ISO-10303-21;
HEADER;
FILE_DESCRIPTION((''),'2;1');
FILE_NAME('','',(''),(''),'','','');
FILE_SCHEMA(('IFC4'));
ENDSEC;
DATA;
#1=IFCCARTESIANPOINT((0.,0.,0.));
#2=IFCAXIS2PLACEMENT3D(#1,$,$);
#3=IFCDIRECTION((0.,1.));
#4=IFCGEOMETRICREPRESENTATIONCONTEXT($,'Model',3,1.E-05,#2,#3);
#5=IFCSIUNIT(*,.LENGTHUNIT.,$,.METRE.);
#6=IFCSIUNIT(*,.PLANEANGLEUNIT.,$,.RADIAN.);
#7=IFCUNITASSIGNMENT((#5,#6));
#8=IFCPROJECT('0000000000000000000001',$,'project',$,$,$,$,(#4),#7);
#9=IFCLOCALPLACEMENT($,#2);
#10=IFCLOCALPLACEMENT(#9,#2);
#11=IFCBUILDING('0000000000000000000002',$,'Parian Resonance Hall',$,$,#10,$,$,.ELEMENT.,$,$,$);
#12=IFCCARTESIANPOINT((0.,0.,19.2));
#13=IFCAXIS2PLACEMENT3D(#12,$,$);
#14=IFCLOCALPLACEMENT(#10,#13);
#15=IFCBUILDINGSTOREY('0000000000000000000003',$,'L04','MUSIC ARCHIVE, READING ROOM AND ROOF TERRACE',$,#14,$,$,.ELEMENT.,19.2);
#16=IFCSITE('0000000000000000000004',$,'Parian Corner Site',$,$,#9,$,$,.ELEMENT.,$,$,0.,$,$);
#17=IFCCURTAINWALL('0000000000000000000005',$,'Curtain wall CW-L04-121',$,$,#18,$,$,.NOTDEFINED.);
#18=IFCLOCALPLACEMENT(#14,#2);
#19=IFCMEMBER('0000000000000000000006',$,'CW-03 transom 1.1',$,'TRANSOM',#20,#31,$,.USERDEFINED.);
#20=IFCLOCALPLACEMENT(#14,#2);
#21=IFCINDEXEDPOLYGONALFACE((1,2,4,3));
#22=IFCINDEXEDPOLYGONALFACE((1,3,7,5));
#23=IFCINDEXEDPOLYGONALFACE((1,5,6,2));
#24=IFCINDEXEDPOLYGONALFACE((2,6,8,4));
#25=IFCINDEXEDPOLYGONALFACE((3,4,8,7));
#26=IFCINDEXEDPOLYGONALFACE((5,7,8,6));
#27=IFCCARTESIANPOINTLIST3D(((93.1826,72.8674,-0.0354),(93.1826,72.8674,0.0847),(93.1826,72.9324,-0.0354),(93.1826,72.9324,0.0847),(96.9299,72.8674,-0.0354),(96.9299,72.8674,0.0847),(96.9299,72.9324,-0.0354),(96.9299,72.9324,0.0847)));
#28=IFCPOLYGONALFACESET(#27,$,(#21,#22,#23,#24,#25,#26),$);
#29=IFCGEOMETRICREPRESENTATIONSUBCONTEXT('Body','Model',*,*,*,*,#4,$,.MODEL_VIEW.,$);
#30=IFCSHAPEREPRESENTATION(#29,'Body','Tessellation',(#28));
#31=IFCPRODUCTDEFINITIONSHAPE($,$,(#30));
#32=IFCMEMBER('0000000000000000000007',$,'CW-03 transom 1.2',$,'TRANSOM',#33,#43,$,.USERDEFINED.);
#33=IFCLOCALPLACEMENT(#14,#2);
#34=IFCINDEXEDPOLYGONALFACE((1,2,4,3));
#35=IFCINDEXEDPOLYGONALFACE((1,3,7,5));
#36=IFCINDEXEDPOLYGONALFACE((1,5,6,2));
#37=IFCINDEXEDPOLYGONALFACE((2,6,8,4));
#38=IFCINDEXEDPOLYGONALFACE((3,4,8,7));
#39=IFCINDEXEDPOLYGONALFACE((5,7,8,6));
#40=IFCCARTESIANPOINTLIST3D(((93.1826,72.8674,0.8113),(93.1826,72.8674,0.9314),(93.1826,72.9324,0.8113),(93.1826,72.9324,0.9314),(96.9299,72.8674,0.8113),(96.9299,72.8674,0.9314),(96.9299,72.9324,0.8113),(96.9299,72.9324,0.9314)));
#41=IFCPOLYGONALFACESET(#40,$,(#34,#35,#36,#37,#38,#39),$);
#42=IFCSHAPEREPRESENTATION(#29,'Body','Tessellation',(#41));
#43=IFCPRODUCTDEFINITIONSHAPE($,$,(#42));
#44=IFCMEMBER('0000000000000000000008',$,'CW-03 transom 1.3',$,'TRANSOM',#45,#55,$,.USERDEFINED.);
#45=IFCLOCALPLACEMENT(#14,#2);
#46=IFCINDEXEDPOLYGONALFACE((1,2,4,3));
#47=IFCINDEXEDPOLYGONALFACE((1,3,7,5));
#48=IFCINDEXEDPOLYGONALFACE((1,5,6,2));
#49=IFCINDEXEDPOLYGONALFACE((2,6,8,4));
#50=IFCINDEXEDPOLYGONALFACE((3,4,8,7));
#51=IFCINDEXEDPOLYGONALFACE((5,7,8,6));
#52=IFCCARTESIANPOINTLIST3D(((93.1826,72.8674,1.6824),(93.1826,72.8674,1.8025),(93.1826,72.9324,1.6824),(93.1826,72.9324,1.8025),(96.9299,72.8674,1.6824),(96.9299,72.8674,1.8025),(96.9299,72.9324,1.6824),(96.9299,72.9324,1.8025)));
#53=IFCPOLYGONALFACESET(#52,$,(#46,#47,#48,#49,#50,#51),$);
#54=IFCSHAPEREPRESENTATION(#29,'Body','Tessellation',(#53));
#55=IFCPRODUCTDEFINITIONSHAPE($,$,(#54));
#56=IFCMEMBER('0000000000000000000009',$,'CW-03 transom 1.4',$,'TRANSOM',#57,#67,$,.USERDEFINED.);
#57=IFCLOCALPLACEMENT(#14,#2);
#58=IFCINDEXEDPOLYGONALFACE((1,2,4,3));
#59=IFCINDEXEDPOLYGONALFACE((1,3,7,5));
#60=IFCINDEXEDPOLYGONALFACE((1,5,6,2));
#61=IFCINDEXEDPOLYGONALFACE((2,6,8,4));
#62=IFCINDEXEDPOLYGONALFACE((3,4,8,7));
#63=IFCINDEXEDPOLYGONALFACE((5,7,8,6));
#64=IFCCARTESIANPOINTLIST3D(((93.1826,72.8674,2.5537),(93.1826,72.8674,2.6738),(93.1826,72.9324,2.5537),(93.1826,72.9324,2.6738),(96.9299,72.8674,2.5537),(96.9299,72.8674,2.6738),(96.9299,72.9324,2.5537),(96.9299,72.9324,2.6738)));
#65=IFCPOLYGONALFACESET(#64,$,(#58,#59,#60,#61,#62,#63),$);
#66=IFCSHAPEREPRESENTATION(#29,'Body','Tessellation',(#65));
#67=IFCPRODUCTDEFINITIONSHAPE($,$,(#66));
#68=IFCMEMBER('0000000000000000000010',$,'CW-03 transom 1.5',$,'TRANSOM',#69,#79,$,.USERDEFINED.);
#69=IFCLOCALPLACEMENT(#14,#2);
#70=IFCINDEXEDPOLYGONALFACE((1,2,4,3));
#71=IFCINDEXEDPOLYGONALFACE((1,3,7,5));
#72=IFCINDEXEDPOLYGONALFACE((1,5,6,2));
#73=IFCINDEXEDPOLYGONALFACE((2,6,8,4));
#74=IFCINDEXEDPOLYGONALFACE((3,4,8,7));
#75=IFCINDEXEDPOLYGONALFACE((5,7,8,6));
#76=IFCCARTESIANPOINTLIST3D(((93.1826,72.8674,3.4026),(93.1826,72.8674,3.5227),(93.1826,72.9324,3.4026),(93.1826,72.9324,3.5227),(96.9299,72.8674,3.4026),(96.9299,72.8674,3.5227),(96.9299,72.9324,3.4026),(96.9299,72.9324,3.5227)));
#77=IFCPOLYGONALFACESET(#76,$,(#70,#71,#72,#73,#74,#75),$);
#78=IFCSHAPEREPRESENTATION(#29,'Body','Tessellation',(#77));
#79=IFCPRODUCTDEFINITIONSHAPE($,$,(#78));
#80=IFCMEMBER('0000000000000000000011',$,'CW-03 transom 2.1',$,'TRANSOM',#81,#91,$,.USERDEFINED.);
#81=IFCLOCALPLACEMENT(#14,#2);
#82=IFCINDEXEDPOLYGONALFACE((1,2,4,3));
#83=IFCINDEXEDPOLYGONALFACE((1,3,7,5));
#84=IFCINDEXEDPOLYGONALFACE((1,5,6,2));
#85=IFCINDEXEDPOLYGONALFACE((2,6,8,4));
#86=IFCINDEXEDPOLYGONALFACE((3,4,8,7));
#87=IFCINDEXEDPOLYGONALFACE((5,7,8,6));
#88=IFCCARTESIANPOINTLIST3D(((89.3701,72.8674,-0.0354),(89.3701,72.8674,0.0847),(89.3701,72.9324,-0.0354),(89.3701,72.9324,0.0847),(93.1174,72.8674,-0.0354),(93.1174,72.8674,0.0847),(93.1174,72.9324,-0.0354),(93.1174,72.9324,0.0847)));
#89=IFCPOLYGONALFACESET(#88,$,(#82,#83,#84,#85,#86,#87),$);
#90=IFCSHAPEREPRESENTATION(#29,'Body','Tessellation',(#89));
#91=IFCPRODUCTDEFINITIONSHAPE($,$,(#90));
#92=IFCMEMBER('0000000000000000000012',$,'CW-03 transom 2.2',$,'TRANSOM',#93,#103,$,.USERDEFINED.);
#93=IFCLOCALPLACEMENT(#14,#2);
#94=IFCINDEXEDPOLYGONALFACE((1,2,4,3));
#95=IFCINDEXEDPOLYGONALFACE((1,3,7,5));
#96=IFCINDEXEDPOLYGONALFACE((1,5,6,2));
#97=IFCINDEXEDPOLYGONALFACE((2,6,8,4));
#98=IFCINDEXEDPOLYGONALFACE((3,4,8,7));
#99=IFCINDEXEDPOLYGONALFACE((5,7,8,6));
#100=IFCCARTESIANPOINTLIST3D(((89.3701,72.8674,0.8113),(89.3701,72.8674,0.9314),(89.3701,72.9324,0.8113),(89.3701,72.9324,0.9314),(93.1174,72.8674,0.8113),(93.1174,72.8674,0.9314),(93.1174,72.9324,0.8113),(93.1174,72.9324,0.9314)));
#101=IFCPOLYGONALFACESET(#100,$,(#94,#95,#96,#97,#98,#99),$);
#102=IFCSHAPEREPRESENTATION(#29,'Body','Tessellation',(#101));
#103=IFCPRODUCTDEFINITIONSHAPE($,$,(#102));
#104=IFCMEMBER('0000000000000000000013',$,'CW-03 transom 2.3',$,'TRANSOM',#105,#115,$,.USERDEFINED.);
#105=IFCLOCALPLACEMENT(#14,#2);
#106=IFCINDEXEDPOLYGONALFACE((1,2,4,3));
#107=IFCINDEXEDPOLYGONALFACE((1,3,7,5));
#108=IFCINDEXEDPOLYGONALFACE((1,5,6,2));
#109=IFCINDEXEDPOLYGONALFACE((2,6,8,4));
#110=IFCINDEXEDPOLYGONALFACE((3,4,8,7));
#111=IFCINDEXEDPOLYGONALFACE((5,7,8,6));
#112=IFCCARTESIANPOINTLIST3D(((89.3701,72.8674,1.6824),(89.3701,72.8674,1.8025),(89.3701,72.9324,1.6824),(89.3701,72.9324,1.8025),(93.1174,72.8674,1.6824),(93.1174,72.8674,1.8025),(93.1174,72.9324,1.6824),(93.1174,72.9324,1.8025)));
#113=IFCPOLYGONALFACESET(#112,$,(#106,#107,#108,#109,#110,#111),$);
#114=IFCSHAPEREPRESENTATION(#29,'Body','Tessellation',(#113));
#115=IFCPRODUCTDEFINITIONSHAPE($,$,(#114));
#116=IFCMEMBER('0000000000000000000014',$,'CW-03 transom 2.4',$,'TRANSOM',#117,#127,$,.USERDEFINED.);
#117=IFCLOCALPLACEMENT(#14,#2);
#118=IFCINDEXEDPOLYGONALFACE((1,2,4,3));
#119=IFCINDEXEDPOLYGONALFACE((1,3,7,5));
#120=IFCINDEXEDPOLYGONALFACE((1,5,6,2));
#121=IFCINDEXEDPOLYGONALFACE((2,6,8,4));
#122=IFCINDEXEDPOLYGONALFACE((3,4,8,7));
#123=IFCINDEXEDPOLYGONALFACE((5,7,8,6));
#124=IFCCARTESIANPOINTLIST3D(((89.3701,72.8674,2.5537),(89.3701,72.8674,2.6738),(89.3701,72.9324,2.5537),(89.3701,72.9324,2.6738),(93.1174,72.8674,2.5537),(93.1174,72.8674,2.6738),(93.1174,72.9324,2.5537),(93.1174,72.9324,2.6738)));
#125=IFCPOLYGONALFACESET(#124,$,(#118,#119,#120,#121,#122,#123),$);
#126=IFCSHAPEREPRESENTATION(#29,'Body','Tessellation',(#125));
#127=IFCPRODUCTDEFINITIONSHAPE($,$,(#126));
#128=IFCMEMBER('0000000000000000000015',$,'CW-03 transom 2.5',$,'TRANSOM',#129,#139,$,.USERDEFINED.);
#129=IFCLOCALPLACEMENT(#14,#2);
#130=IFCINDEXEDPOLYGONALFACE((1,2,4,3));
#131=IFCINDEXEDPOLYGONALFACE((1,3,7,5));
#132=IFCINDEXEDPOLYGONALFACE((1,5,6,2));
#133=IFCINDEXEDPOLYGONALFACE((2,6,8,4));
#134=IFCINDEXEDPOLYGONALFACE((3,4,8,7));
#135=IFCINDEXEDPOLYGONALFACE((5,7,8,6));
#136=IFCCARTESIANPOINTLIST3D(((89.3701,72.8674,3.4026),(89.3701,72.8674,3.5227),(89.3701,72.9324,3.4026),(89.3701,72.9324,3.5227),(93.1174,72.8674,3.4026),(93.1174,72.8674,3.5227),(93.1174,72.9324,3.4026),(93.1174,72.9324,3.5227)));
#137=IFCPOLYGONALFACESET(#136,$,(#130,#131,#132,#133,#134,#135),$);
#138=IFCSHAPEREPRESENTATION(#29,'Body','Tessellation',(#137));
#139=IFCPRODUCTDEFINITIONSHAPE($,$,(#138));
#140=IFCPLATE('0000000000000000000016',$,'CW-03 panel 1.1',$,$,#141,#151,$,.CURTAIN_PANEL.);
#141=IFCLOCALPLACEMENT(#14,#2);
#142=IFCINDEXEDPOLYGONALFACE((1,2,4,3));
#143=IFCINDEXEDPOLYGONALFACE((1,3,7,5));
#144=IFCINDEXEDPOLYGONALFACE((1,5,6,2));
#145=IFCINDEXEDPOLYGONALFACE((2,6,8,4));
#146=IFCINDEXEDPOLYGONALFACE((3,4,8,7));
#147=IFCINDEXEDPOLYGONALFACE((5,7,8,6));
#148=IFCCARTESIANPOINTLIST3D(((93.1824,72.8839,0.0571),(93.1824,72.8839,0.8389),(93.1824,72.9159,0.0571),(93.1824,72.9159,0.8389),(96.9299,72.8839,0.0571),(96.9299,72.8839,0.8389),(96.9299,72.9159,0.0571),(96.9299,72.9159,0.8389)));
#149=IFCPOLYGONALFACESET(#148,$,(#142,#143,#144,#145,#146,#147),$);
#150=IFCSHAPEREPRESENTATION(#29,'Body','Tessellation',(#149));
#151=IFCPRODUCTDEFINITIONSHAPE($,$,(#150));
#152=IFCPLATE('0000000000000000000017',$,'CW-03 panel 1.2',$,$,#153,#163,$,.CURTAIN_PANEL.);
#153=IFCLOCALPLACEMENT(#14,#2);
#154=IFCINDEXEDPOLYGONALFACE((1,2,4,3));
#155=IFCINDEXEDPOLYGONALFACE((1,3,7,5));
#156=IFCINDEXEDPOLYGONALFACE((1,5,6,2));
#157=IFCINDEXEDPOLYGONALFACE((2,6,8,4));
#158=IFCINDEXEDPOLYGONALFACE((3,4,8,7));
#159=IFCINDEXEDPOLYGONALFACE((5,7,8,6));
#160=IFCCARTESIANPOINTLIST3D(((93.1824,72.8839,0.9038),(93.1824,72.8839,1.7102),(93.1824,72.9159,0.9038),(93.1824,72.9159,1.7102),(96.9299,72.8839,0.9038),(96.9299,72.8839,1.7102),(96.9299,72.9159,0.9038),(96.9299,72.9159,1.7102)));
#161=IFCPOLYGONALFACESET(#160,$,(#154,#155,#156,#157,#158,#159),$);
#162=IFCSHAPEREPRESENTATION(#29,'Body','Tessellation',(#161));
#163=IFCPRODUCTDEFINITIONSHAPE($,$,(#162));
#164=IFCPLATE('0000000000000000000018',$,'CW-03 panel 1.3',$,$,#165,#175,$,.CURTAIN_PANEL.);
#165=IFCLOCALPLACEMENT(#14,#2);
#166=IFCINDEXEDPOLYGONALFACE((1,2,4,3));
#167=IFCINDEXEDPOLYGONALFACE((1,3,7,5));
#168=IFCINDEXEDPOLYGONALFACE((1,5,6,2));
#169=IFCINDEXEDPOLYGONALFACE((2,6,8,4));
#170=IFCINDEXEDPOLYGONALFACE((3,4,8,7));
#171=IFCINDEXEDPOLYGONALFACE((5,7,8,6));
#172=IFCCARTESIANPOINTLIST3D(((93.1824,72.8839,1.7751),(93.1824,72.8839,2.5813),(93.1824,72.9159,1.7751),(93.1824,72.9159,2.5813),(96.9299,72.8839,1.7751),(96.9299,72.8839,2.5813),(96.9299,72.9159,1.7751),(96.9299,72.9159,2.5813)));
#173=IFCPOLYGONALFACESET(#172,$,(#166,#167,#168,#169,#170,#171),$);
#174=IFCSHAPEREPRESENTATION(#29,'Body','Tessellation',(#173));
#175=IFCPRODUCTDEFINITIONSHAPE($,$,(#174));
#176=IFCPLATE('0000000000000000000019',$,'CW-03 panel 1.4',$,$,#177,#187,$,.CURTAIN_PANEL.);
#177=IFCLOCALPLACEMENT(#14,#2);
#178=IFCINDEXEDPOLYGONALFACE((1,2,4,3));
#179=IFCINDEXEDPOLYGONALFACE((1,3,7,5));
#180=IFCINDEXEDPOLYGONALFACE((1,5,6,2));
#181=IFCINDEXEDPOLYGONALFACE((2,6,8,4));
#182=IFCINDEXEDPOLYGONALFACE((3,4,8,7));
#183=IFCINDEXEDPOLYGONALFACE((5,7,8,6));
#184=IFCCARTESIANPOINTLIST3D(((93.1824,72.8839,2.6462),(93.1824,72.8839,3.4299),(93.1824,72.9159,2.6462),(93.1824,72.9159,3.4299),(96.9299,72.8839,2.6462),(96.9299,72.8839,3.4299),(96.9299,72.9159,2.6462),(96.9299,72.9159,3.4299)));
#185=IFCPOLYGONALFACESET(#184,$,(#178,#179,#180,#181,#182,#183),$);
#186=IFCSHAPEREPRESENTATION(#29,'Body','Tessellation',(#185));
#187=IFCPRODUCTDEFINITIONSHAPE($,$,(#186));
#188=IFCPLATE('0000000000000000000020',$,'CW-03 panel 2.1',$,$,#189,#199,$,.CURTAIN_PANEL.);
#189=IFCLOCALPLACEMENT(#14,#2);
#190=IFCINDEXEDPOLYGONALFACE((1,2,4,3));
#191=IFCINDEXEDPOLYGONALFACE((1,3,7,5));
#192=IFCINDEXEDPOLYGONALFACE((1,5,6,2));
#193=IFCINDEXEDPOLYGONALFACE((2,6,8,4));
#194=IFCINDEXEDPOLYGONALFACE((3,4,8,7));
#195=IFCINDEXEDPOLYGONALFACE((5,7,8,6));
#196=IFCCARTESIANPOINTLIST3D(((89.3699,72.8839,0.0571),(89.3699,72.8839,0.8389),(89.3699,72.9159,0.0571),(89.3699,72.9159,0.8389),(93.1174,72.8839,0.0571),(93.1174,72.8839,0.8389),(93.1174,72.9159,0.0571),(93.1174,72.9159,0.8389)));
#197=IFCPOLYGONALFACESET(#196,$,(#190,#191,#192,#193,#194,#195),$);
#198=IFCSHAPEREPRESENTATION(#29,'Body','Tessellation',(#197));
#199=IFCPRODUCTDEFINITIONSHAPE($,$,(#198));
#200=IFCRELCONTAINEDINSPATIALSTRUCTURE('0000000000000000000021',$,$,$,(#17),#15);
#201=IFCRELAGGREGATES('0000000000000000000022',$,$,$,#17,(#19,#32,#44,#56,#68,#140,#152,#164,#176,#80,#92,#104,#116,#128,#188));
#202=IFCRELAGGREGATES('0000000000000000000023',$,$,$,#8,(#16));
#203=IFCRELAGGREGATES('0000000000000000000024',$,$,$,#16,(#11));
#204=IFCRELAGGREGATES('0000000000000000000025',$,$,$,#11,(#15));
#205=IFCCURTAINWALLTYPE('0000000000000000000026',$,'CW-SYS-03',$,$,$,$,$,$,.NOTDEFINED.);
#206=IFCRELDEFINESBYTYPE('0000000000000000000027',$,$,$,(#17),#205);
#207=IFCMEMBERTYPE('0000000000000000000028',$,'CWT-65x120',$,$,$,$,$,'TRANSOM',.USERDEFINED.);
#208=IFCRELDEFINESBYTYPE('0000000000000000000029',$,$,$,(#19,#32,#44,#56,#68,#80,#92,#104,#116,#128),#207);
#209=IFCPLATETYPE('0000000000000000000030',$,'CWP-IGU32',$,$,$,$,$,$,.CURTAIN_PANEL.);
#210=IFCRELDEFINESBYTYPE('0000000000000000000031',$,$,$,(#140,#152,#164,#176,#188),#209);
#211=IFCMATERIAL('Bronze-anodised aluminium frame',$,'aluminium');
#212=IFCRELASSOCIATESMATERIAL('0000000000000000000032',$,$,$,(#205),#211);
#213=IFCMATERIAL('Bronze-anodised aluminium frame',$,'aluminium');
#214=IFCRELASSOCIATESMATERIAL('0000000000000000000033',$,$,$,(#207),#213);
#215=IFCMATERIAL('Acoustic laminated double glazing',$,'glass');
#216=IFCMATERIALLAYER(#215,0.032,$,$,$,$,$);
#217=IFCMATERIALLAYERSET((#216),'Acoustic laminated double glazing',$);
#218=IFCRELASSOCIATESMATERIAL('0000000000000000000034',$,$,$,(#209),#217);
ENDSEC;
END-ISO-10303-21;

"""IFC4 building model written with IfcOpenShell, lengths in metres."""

from ifc_helpers import new_model, si_unit, direction, frame, origin, origin_2d, place, context, subcontext, project, spatial, rectangle, extrude, material, layer, layer_set, material_profile, profile_set, type_object, element, aggregate, save


model = new_model("IFC4")

# Units and contexts
model_context = context("Model", 3, precision=1e-05, world=origin(), true_north=direction((0.0, 1.0)))
body_context = subcontext(model_context, "Body", "Model", "MODEL_VIEW")
ifc_project = project(units=[si_unit("LENGTHUNIT", "METRE"), si_unit("PLANEANGLEUNIT", "RADIAN")], contexts=[model_context])

# Site, building, storey
site_placement = place(None, origin())
site = spatial("IfcSite", under=ifc_project, at=site_placement, Name="Parian Corner Site", CompositionType="ELEMENT", RefElevation=0.0)
building_placement = place(site_placement, origin())
building = spatial("IfcBuilding", under=site, at=building_placement, Name="Parian Resonance Hall", CompositionType="ELEMENT")
storey_placement = place(building_placement, frame((0.0, 0.0, 19.2)))
storey = spatial("IfcBuildingStorey", under=building, at=storey_placement, Name="L04", Description="MUSIC ARCHIVE, READING ROOM AND ROOF TERRACE", CompositionType="ELEMENT", Elevation=19.2)

# Curtain wall, members, plates
ifc_material_1 = material(Name="Bronze-anodised aluminium frame", Category="aluminium")
curtain_wall_type = type_object("IfcCurtainWallType", Name="CW-SYS-03", PredefinedType="NOTDEFINED", material=ifc_material_1)
curtain_wall_placement = place(storey_placement, origin())
curtain_wall = element("IfcCurtainWall", 1, at=curtain_wall_placement, inside=storey, type_object=curtain_wall_type, Name="Curtain wall CW-L04-121", PredefinedType="NOTDEFINED")
ifc_material_2 = material(Name="Bronze-anodised aluminium frame", Category="aluminium")
ifc_material_profile_1 = material_profile(ifc_material_2, rectangle(XDim=0.0649, YDim=0.1201, at=origin_2d()), Name="CWT-65x120")
ifc_profile_set_1 = profile_set([ifc_material_profile_1], Name="Bronze-anodised aluminium frame")
member_type_1 = type_object("IfcMemberType", Name="CWT-65x120", ElementType="TRANSOM", PredefinedType="USERDEFINED", material=ifc_profile_set_1)
member_1_placement = place(storey_placement, frame((96.9299, 72.8999, 0.0247), z_axis=(-1.0, 0.0, 0.0), x_axis=(0.0, -1.0, 0.0)))
member_1 = element("IfcMember", 2, at=member_1_placement, type_object=member_type_1, Name="CW-03 transom 1.1", ObjectType="TRANSOM", PredefinedType="USERDEFINED", context=body_context, shape_type="SweptSolid", body=[
    extrude(rectangle(XDim=0.0649, YDim=0.1201, at=origin_2d()), origin(), (0.0, 0.0, 1.0), 3.7473),
])
member_2_placement = place(storey_placement, frame((96.9299, 72.8999, 0.8713), z_axis=(-1.0, 0.0, 0.0), x_axis=(0.0, -1.0, 0.0)))
member_2 = element("IfcMember", 3, at=member_2_placement, type_object=member_type_1, Name="CW-03 transom 1.2", ObjectType="TRANSOM", PredefinedType="USERDEFINED", context=body_context, shape_type="SweptSolid", body=[
    extrude(rectangle(XDim=0.0649, YDim=0.1201, at=origin_2d()), origin(), (0.0, 0.0, 1.0), 3.7473),
])
member_3_placement = place(storey_placement, frame((96.9299, 72.8999, 1.7424), z_axis=(-1.0, 0.0, 0.0), x_axis=(0.0, -1.0, 0.0)))
member_3 = element("IfcMember", 4, at=member_3_placement, type_object=member_type_1, Name="CW-03 transom 1.3", ObjectType="TRANSOM", PredefinedType="USERDEFINED", context=body_context, shape_type="SweptSolid", body=[
    extrude(rectangle(XDim=0.0649, YDim=0.1201, at=origin_2d()), origin(), (0.0, 0.0, 1.0), 3.7473),
])
member_4_placement = place(storey_placement, frame((96.9299, 72.8999, 2.6138), z_axis=(-1.0, 0.0, 0.0), x_axis=(0.0, -1.0, 0.0)))
member_4 = element("IfcMember", 5, at=member_4_placement, type_object=member_type_1, Name="CW-03 transom 1.4", ObjectType="TRANSOM", PredefinedType="USERDEFINED", context=body_context, shape_type="SweptSolid", body=[
    extrude(rectangle(XDim=0.0649, YDim=0.1201, at=origin_2d()), origin(), (0.0, 0.0, 1.0), 3.7473),
])
member_5_placement = place(storey_placement, frame((96.9299, 72.8999, 3.4626), z_axis=(-1.0, 0.0, 0.0), x_axis=(0.0, -1.0, 0.0)))
member_5 = element("IfcMember", 6, at=member_5_placement, type_object=member_type_1, Name="CW-03 transom 1.5", ObjectType="TRANSOM", PredefinedType="USERDEFINED", context=body_context, shape_type="SweptSolid", body=[
    extrude(rectangle(XDim=0.0649, YDim=0.1201, at=origin_2d()), origin(), (0.0, 0.0, 1.0), 3.7473),
])
member_6_placement = place(storey_placement, frame((93.1174, 72.8999, 0.0247), z_axis=(-1.0, 0.0, 0.0), x_axis=(0.0, -1.0, 0.0)))
member_6 = element("IfcMember", 7, at=member_6_placement, type_object=member_type_1, Name="CW-03 transom 2.1", ObjectType="TRANSOM", PredefinedType="USERDEFINED", context=body_context, shape_type="SweptSolid", body=[
    extrude(rectangle(XDim=0.0649, YDim=0.1201, at=origin_2d()), origin(), (0.0, 0.0, 1.0), 3.7473),
])
member_7_placement = place(storey_placement, frame((93.1174, 72.8999, 0.8713), z_axis=(-1.0, 0.0, 0.0), x_axis=(0.0, -1.0, 0.0)))
member_7 = element("IfcMember", 8, at=member_7_placement, type_object=member_type_1, Name="CW-03 transom 2.2", ObjectType="TRANSOM", PredefinedType="USERDEFINED", context=body_context, shape_type="SweptSolid", body=[
    extrude(rectangle(XDim=0.0649, YDim=0.1201, at=origin_2d()), origin(), (0.0, 0.0, 1.0), 3.7473),
])
member_8_placement = place(storey_placement, frame((93.1174, 72.8999, 1.7424), z_axis=(-1.0, 0.0, 0.0), x_axis=(0.0, -1.0, 0.0)))
member_8 = element("IfcMember", 9, at=member_8_placement, type_object=member_type_1, Name="CW-03 transom 2.3", ObjectType="TRANSOM", PredefinedType="USERDEFINED", context=body_context, shape_type="SweptSolid", body=[
    extrude(rectangle(XDim=0.0649, YDim=0.1201, at=origin_2d()), origin(), (0.0, 0.0, 1.0), 3.7473),
])
member_9_placement = place(storey_placement, frame((93.1174, 72.8999, 2.6138), z_axis=(-1.0, 0.0, 0.0), x_axis=(0.0, -1.0, 0.0)))
member_9 = element("IfcMember", 10, at=member_9_placement, type_object=member_type_1, Name="CW-03 transom 2.4", ObjectType="TRANSOM", PredefinedType="USERDEFINED", context=body_context, shape_type="SweptSolid", body=[
    extrude(rectangle(XDim=0.0649, YDim=0.1201, at=origin_2d()), origin(), (0.0, 0.0, 1.0), 3.7473),
])
member_10_placement = place(storey_placement, frame((93.1174, 72.8999, 3.4626), z_axis=(-1.0, 0.0, 0.0), x_axis=(0.0, -1.0, 0.0)))
member_10 = element("IfcMember", 11, at=member_10_placement, type_object=member_type_1, Name="CW-03 transom 2.5", ObjectType="TRANSOM", PredefinedType="USERDEFINED", context=body_context, shape_type="SweptSolid", body=[
    extrude(rectangle(XDim=0.0649, YDim=0.1201, at=origin_2d()), origin(), (0.0, 0.0, 1.0), 3.7473),
])
ifc_material_3 = material(Name="Acoustic laminated double glazing", Category="glass")
ifc_layer_1 = layer(ifc_material_3, 0.032)
ifc_layer_set_1 = layer_set([ifc_layer_1], Name="Acoustic laminated double glazing")
plate_type_1 = type_object("IfcPlateType", Name="CWP-IGU32", PredefinedType="CURTAIN_PANEL", material=ifc_layer_set_1)
plate_1_placement = place(storey_placement, frame((95.0562, 72.8999, 0.0571), z_axis=(0.0, 0.0, 1.0), x_axis=(-1.0, 0.0, 0.0)))
plate_1 = element("IfcPlate", 12, at=plate_1_placement, type_object=plate_type_1, Name="CW-03 panel 1.1", PredefinedType="CURTAIN_PANEL", context=body_context, shape_type="SweptSolid", body=[
    extrude(rectangle(XDim=3.7476, YDim=0.032, at=origin_2d()), origin(), (0.0, 0.0, 1.0), 0.7817),
])
plate_2_placement = place(storey_placement, frame((95.0562, 72.8999, 0.9038), z_axis=(0.0, 0.0, 1.0), x_axis=(-1.0, 0.0, 0.0)))
plate_2 = element("IfcPlate", 13, at=plate_2_placement, type_object=plate_type_1, Name="CW-03 panel 1.2", PredefinedType="CURTAIN_PANEL", context=body_context, shape_type="SweptSolid", body=[
    extrude(rectangle(XDim=3.7476, YDim=0.032, at=origin_2d()), origin(), (0.0, 0.0, 1.0), 0.8064),
])
plate_3_placement = place(storey_placement, frame((95.0562, 72.8999, 1.7751), z_axis=(0.0, 0.0, 1.0), x_axis=(-1.0, 0.0, 0.0)))
plate_3 = element("IfcPlate", 14, at=plate_3_placement, type_object=plate_type_1, Name="CW-03 panel 1.3", PredefinedType="CURTAIN_PANEL", context=body_context, shape_type="SweptSolid", body=[
    extrude(rectangle(XDim=3.7476, YDim=0.032, at=origin_2d()), origin(), (0.0, 0.0, 1.0), 0.8062),
])
plate_4_placement = place(storey_placement, frame((95.0562, 72.8999, 2.6462), z_axis=(0.0, 0.0, 1.0), x_axis=(-1.0, 0.0, 0.0)))
plate_4 = element("IfcPlate", 15, at=plate_4_placement, type_object=plate_type_1, Name="CW-03 panel 1.4", PredefinedType="CURTAIN_PANEL", context=body_context, shape_type="SweptSolid", body=[
    extrude(rectangle(XDim=3.7476, YDim=0.032, at=origin_2d()), origin(), (0.0, 0.0, 1.0), 0.7837),
])
plate_5_placement = place(storey_placement, frame((91.2437, 72.8999, 0.0571), z_axis=(0.0, 0.0, 1.0), x_axis=(-1.0, 0.0, 0.0)))
plate_5 = element("IfcPlate", 16, at=plate_5_placement, type_object=plate_type_1, Name="CW-03 panel 2.1", PredefinedType="CURTAIN_PANEL", context=body_context, shape_type="SweptSolid", body=[
    extrude(rectangle(XDim=3.7476, YDim=0.032, at=origin_2d()), origin(), (0.0, 0.0, 1.0), 0.7817),
])
aggregate(curtain_wall, [member_1, member_2, member_3, member_4, member_5, plate_1, plate_2, plate_3, plate_4, member_6, member_7, member_8, member_9, member_10, plate_5])

save(model, "model.ifc")
